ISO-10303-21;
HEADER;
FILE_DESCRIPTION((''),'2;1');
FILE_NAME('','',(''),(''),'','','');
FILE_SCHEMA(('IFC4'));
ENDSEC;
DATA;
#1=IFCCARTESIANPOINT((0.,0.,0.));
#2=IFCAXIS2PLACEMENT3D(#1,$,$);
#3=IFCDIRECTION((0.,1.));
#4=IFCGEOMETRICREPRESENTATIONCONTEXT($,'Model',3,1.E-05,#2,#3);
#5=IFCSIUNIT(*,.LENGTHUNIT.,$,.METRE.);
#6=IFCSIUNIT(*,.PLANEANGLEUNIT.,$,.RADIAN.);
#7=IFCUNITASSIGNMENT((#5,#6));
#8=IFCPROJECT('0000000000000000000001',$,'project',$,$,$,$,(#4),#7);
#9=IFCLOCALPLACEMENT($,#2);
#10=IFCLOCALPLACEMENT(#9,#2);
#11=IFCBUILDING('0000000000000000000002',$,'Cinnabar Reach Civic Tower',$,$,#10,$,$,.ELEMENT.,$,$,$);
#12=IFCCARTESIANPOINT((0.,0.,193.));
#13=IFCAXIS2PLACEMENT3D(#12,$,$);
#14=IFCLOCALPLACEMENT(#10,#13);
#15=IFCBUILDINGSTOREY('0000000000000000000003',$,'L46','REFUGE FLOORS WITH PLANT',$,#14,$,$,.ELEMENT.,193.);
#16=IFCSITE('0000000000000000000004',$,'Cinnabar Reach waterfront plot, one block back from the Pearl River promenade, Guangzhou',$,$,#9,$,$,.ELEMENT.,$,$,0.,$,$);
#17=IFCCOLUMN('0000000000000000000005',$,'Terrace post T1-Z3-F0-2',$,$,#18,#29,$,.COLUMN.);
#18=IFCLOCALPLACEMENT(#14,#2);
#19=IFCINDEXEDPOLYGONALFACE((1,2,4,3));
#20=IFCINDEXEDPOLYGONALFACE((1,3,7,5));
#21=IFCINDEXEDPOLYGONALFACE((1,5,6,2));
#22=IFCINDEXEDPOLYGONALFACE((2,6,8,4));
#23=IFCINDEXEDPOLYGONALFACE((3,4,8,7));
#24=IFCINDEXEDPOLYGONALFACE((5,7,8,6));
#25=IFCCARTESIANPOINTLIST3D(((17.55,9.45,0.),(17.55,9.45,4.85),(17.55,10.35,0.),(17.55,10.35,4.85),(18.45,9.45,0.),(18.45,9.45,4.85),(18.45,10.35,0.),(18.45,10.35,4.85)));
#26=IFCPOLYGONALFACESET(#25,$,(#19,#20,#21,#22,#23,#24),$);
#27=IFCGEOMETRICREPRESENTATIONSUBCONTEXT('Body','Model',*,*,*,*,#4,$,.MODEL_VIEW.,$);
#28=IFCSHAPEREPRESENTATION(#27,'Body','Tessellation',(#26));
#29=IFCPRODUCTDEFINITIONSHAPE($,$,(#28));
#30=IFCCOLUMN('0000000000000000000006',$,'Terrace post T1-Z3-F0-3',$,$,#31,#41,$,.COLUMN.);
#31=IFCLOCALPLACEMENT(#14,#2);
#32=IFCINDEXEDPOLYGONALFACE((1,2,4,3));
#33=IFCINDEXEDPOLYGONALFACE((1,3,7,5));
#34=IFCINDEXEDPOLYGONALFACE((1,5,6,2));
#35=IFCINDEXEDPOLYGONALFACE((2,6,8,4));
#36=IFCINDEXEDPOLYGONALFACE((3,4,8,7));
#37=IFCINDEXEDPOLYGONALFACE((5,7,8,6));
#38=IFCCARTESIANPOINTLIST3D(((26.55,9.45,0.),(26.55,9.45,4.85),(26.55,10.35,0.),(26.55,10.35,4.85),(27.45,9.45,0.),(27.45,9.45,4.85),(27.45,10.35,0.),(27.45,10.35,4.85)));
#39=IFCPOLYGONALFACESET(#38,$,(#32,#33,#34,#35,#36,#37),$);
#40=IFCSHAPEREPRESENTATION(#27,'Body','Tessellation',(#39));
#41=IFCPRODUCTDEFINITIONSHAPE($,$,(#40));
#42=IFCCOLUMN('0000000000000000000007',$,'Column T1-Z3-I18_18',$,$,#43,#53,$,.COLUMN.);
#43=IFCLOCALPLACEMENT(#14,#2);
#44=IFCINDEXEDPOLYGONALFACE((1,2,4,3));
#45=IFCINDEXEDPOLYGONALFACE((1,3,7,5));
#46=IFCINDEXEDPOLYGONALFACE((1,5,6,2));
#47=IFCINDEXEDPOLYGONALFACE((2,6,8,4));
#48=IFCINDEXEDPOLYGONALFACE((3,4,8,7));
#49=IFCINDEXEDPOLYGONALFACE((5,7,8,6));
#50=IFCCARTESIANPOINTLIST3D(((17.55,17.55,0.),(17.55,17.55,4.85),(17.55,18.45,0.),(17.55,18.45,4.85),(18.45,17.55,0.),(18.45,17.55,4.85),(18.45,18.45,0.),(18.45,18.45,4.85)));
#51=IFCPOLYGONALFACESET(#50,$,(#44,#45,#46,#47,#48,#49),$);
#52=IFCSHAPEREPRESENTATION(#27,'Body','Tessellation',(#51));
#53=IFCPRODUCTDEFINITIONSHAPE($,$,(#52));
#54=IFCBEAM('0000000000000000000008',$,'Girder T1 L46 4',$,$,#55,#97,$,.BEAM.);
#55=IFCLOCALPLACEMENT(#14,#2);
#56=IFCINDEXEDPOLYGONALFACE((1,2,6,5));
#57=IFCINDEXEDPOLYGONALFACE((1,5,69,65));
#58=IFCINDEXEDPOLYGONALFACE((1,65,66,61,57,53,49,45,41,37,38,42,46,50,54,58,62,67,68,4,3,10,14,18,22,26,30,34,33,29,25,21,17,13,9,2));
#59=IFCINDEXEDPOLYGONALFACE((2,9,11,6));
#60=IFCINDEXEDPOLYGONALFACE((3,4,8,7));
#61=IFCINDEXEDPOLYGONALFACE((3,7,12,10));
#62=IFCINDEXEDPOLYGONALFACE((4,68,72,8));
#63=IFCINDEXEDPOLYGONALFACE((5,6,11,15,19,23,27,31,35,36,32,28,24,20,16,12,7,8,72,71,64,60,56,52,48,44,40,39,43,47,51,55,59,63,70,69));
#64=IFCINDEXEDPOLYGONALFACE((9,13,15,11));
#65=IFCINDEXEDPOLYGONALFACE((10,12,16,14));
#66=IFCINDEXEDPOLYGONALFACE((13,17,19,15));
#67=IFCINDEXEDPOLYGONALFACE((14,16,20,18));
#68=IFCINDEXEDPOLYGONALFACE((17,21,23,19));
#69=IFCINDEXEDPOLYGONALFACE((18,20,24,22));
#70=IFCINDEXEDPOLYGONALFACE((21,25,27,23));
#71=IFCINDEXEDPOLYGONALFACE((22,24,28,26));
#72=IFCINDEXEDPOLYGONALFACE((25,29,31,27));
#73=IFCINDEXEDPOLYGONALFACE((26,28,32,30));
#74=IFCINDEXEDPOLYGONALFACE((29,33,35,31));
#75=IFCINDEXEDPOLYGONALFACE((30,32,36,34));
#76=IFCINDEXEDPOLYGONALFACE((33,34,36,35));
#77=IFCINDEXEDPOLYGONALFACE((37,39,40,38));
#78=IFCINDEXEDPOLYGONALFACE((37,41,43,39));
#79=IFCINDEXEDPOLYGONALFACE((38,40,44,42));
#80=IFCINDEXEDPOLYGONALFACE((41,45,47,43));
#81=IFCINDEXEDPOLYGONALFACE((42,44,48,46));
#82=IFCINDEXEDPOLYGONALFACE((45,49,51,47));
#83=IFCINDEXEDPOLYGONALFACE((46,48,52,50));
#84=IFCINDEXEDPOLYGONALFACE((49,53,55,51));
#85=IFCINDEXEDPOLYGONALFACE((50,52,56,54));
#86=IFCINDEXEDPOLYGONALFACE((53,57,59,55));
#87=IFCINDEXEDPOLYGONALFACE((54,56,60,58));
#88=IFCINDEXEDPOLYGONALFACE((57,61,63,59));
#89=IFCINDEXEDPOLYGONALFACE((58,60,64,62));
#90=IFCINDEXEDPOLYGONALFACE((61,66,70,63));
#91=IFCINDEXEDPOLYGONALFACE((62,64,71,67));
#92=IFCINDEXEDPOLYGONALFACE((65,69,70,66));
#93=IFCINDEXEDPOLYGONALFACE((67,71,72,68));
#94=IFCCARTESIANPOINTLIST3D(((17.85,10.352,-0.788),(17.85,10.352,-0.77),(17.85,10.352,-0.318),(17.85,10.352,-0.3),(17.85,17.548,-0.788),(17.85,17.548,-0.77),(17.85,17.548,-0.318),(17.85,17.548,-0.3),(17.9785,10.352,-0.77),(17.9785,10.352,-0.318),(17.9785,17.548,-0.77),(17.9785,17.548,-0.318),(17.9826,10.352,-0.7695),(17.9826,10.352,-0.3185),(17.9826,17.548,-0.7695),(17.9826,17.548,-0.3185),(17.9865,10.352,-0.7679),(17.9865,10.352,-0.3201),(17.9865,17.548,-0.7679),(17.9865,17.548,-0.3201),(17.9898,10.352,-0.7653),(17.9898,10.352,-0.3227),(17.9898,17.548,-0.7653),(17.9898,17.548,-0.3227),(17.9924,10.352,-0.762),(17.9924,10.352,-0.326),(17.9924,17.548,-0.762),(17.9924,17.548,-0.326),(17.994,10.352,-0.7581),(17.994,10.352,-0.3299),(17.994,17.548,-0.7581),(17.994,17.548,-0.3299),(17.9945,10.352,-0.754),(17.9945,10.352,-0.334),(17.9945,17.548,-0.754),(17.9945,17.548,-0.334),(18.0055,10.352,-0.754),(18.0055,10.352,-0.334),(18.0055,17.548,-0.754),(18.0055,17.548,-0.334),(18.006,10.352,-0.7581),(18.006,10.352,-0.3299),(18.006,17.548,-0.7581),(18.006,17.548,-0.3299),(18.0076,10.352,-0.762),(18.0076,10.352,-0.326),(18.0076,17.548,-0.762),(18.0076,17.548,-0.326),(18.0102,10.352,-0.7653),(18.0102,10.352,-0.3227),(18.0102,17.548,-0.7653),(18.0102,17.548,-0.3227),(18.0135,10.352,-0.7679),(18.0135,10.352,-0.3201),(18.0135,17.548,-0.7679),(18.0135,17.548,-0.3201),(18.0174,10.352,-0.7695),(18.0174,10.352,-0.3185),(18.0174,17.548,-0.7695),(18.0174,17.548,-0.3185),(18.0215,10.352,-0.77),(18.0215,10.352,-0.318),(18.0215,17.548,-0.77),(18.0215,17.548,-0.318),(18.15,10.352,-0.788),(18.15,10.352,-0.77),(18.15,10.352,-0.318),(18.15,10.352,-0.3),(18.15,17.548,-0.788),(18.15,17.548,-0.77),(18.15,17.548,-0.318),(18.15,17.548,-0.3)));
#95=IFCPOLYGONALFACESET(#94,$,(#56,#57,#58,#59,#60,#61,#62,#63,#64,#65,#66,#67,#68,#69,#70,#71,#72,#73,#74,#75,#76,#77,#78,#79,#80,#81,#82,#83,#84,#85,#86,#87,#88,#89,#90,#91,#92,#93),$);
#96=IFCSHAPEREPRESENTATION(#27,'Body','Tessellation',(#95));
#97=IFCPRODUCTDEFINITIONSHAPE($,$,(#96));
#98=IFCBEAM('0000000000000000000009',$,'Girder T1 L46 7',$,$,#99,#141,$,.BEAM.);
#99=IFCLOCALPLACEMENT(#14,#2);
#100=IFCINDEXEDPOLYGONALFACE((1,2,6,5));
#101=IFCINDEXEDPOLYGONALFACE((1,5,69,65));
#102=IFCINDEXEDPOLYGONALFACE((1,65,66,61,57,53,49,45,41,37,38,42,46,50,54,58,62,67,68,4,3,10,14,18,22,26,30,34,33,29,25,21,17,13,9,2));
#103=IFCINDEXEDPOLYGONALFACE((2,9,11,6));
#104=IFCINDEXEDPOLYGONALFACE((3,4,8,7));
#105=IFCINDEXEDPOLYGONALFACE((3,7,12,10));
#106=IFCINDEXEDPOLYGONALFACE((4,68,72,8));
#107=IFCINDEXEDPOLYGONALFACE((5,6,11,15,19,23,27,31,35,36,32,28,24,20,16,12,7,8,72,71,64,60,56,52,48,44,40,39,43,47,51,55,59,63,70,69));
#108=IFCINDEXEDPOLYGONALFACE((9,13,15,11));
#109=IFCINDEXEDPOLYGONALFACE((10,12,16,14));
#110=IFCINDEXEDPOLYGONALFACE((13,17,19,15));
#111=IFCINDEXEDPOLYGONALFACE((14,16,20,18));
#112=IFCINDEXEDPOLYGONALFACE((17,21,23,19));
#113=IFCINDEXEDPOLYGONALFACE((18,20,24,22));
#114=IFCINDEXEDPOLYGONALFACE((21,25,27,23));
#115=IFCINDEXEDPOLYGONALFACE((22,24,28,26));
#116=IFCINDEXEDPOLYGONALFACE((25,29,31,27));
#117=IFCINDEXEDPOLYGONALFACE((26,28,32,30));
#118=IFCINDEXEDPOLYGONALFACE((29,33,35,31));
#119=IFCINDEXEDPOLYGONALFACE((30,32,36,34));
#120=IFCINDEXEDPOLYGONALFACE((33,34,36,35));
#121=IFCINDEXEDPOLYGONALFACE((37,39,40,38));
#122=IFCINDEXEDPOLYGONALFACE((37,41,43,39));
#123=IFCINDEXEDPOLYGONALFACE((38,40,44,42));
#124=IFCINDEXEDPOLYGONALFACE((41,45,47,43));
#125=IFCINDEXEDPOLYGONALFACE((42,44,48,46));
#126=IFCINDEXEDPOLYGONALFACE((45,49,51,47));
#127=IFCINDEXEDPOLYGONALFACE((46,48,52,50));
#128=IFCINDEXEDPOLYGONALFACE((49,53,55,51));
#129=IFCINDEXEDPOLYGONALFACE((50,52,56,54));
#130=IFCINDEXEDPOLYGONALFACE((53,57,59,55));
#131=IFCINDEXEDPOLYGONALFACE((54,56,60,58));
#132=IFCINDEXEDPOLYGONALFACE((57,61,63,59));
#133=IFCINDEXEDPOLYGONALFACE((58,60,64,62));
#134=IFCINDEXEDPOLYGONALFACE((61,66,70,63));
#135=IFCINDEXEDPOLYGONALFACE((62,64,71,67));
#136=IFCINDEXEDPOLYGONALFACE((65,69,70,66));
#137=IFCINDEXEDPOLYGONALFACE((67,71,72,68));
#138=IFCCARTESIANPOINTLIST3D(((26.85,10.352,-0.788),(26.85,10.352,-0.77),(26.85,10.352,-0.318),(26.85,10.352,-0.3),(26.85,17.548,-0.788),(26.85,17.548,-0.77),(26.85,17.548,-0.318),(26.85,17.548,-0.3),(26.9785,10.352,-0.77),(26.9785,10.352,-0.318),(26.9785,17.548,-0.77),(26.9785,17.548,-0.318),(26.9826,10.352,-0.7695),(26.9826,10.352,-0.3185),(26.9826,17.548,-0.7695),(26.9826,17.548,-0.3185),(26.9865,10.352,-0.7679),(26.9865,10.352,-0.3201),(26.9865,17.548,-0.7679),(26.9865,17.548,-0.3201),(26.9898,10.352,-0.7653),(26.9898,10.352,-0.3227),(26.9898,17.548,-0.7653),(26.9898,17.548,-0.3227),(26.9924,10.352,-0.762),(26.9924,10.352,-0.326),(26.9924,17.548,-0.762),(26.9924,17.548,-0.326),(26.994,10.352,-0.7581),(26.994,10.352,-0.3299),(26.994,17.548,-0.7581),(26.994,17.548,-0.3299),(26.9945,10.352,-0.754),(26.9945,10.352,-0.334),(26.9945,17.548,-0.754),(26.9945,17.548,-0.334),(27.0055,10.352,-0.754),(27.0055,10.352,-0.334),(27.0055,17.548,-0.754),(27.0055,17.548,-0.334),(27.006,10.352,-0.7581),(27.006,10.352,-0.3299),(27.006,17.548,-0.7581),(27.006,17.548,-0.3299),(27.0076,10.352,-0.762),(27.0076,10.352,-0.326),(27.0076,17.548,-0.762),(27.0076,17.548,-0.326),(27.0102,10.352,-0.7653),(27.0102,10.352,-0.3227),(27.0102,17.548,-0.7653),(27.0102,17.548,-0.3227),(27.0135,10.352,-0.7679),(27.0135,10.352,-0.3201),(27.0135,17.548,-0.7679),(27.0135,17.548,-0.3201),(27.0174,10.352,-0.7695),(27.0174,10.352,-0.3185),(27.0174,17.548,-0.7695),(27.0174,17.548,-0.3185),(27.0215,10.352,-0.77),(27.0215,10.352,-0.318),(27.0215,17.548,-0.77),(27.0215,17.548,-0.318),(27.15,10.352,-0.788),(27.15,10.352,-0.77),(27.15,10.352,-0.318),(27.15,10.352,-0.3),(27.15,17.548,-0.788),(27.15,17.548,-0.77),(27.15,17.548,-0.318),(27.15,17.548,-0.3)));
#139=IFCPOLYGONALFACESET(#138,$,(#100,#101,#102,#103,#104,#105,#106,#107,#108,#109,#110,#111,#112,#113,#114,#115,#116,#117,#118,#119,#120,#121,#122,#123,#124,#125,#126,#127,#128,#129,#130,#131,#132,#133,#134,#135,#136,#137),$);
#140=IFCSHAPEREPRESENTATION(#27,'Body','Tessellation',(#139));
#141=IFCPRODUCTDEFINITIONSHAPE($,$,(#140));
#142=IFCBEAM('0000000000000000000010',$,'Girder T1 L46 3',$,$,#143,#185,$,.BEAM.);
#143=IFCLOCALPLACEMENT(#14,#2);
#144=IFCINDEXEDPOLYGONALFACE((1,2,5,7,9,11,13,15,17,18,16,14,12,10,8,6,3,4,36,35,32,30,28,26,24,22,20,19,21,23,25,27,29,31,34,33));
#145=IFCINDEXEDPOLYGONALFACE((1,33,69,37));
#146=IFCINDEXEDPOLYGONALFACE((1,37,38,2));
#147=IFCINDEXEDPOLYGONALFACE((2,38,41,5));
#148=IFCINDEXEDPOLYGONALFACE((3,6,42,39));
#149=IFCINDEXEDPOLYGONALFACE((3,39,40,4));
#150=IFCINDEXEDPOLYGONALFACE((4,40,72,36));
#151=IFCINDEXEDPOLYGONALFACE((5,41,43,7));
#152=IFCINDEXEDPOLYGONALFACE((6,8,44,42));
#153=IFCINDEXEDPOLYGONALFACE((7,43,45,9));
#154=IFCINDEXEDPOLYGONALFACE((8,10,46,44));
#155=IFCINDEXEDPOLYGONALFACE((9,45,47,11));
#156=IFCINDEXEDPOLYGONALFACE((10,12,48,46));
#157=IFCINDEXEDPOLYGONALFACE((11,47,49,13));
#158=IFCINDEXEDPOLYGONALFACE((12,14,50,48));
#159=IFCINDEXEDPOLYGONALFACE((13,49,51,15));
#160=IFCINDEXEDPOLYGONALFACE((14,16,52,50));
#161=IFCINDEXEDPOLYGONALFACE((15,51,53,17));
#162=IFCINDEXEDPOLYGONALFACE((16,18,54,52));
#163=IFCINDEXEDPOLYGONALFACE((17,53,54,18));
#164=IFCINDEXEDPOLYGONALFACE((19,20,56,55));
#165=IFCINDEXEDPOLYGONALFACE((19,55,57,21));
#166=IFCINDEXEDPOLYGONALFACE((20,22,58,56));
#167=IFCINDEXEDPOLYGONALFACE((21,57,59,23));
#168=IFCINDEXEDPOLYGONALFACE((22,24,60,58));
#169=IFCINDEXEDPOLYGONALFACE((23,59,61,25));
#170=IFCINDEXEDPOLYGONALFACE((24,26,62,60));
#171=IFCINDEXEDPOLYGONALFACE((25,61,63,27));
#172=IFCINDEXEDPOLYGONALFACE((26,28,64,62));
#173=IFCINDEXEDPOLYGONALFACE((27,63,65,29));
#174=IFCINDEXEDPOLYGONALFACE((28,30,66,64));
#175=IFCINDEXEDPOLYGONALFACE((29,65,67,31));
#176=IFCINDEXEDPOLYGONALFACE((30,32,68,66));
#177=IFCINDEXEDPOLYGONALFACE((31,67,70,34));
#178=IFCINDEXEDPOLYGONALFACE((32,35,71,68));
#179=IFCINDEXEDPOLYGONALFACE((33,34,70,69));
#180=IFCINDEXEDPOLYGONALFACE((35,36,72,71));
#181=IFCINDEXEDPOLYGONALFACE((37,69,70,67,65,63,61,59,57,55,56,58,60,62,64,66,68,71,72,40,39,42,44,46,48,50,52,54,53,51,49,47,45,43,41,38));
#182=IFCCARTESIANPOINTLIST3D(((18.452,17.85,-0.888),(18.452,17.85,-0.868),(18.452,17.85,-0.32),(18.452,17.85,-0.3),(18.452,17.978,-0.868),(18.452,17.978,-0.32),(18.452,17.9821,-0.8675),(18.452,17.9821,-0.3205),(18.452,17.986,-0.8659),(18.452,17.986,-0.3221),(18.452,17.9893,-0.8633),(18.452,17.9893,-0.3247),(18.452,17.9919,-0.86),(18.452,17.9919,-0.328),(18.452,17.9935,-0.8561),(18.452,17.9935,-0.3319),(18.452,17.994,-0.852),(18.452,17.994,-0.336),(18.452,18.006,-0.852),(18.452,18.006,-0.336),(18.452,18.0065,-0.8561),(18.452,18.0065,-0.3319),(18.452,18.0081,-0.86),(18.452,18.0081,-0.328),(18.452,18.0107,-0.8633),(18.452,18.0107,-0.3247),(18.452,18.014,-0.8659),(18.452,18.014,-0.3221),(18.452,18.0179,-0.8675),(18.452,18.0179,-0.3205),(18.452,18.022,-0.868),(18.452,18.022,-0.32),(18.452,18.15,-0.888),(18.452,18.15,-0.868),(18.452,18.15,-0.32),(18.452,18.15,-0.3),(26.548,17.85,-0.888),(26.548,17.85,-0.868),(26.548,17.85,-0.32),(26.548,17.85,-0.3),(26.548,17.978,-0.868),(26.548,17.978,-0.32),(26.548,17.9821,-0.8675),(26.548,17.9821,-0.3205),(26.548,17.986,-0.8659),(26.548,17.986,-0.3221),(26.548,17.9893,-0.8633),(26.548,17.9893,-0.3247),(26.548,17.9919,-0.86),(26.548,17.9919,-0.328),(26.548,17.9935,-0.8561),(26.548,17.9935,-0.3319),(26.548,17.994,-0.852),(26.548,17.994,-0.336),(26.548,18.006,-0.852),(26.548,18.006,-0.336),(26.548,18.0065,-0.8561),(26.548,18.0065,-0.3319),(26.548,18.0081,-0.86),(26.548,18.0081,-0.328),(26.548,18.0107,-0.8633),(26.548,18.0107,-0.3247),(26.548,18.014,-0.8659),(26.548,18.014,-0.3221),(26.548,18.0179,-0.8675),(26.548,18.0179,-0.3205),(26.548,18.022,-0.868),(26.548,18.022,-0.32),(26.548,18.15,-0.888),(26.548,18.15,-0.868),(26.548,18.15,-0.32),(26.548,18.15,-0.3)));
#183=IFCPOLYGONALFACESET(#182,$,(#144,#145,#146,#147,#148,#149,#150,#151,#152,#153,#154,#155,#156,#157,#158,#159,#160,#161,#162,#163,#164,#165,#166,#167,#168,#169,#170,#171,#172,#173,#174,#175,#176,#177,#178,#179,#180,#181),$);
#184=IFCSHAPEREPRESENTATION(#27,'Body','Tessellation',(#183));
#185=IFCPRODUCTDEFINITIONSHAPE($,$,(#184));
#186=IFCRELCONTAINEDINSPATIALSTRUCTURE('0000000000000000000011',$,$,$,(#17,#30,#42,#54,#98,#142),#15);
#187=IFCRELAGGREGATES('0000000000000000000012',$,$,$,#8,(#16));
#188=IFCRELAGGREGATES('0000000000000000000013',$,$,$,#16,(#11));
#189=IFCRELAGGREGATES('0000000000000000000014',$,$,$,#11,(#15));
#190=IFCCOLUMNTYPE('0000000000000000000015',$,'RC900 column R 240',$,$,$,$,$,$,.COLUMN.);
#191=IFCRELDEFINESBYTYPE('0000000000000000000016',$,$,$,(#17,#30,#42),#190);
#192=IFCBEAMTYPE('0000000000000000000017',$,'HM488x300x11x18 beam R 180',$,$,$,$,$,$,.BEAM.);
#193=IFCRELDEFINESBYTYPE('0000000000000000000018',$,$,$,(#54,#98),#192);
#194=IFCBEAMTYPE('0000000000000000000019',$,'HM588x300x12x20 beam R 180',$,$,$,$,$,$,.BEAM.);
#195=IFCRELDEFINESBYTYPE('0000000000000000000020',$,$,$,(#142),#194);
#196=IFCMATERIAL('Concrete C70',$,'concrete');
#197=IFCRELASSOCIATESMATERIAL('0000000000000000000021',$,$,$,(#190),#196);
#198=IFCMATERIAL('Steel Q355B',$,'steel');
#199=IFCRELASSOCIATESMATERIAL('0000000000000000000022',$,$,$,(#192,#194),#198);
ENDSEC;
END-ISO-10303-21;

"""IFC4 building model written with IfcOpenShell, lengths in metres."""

from ifc_helpers import new_model, si_unit, direction, frame, origin, origin_2d, place, context, subcontext, project, spatial, rectangle, i_section, extrude, material, material_profile, profile_set, type_object, element, save


model = new_model("IFC4")

# Units and contexts
model_context = context("Model", 3, precision=1e-05, world=origin(), true_north=direction((0.0, 1.0)))
body_context = subcontext(model_context, "Body", "Model", "MODEL_VIEW")
ifc_project = project(units=[si_unit("LENGTHUNIT", "METRE"), si_unit("PLANEANGLEUNIT", "RADIAN")], contexts=[model_context])

# Site, building, storey
site_placement = place(None, origin())
site = spatial("IfcSite", under=ifc_project, at=site_placement, Name="Cinnabar Reach waterfront plot, one block back from the Pearl River promenade, Guangzhou", CompositionType="ELEMENT", RefElevation=0.0)
building_placement = place(site_placement, origin())
building = spatial("IfcBuilding", under=site, at=building_placement, Name="Cinnabar Reach Civic Tower", CompositionType="ELEMENT")
storey_placement = place(building_placement, frame((0.0, 0.0, 193.0)))
storey = spatial("IfcBuildingStorey", under=building, at=storey_placement, Name="L46", Description="REFUGE FLOORS WITH PLANT", CompositionType="ELEMENT", Elevation=193.0)

# Columns
ifc_material_1 = material(Name="Concrete C70", Category="concrete")
ifc_material_profile_1 = material_profile(ifc_material_1, rectangle(XDim=0.9, YDim=0.9, at=origin_2d()), Name="RC900")
ifc_profile_set_1 = profile_set([ifc_material_profile_1], Name="Concrete C70")
column_type = type_object("IfcColumnType", Name="RC900 column R 240", PredefinedType="COLUMN", material=ifc_profile_set_1)
for number, where, z_axis, x_axis, name in (
    (1, (18.0, 9.9, 0.0), (0.0, 0.0, 1.0), (1.0, 0.0, 0.0), "Terrace post T1-Z3-F0-2"),
    (2, (27.0, 9.9, 0.0), (0.0, 0.0, 1.0), (1.0, 0.0, 0.0), "Terrace post T1-Z3-F0-3"),
    (3, (18.0, 18.0, 0.0), (0.0, 0.0, 1.0), (1.0, 0.0, 0.0), "Column T1-Z3-I18_18"),
):
    element("IfcColumn", number, at=place(storey_placement, frame(where, z_axis=z_axis, x_axis=x_axis)), inside=storey, type_object=column_type, Name=name, PredefinedType="COLUMN", context=body_context, shape_type="SweptSolid", body=[
        extrude(rectangle(XDim=0.9, YDim=0.9, at=origin_2d()), origin(), (0.0, 0.0, 1.0), 4.85),
    ])

# Beams
ifc_material_2 = material(Name="Steel Q355B", Category="steel")
ifc_material_profile_2 = material_profile(ifc_material_2, i_section(OverallWidth=0.3, OverallDepth=0.488, WebThickness=0.011, FlangeThickness=0.018, FilletRadius=0.016, at=origin_2d()), Name="HM488x300x11x18")
ifc_profile_set_2 = profile_set([ifc_material_profile_2], Name="Steel Q355B")
beam_type_1 = type_object("IfcBeamType", Name="HM488x300x11x18 beam R 180", PredefinedType="BEAM", material=ifc_profile_set_2)
for number, where, z_axis, x_axis, name in (
    (4, (18.0, 10.352, -0.544), (0.0, 1.0, 0.0), (-1.0, 0.0, 0.0), "Girder T1 L46 4"),
    (5, (27.0, 10.352, -0.544), (0.0, 1.0, 0.0), (-1.0, 0.0, 0.0), "Girder T1 L46 7"),
):
    element("IfcBeam", number, at=place(storey_placement, frame(where, z_axis=z_axis, x_axis=x_axis)), inside=storey, type_object=beam_type_1, Name=name, PredefinedType="BEAM", context=body_context, shape_type="SweptSolid", body=[
        extrude(i_section(OverallWidth=0.3, OverallDepth=0.488, WebThickness=0.011, FlangeThickness=0.018, FilletRadius=0.016, at=origin_2d()), origin(), (0.0, 0.0, 1.0), 7.196),
    ])
ifc_material_profile_3 = material_profile(ifc_material_2, i_section(OverallWidth=0.3, OverallDepth=0.588, WebThickness=0.012, FlangeThickness=0.02, FilletRadius=0.016, at=origin_2d()), Name="HM588x300x12x20")
ifc_profile_set_3 = profile_set([ifc_material_profile_3], Name="Steel Q355B")
beam_type_2 = type_object("IfcBeamType", Name="HM588x300x12x20 beam R 180", PredefinedType="BEAM", material=ifc_profile_set_3)
beam_1_placement = place(storey_placement, frame((18.452, 18.0, -0.594), z_axis=(1.0, 0.0, 0.0), x_axis=(0.0, 1.0, 0.0)))
element("IfcBeam", 6, at=beam_1_placement, inside=storey, type_object=beam_type_2, Name="Girder T1 L46 3", PredefinedType="BEAM", context=body_context, shape_type="SweptSolid", body=[
    extrude(i_section(OverallWidth=0.3, OverallDepth=0.588, WebThickness=0.012, FlangeThickness=0.02, FilletRadius=0.016, at=origin_2d()), origin(), (0.0, 0.0, 1.0), 8.096),
])

save(model, "model.ifc")
